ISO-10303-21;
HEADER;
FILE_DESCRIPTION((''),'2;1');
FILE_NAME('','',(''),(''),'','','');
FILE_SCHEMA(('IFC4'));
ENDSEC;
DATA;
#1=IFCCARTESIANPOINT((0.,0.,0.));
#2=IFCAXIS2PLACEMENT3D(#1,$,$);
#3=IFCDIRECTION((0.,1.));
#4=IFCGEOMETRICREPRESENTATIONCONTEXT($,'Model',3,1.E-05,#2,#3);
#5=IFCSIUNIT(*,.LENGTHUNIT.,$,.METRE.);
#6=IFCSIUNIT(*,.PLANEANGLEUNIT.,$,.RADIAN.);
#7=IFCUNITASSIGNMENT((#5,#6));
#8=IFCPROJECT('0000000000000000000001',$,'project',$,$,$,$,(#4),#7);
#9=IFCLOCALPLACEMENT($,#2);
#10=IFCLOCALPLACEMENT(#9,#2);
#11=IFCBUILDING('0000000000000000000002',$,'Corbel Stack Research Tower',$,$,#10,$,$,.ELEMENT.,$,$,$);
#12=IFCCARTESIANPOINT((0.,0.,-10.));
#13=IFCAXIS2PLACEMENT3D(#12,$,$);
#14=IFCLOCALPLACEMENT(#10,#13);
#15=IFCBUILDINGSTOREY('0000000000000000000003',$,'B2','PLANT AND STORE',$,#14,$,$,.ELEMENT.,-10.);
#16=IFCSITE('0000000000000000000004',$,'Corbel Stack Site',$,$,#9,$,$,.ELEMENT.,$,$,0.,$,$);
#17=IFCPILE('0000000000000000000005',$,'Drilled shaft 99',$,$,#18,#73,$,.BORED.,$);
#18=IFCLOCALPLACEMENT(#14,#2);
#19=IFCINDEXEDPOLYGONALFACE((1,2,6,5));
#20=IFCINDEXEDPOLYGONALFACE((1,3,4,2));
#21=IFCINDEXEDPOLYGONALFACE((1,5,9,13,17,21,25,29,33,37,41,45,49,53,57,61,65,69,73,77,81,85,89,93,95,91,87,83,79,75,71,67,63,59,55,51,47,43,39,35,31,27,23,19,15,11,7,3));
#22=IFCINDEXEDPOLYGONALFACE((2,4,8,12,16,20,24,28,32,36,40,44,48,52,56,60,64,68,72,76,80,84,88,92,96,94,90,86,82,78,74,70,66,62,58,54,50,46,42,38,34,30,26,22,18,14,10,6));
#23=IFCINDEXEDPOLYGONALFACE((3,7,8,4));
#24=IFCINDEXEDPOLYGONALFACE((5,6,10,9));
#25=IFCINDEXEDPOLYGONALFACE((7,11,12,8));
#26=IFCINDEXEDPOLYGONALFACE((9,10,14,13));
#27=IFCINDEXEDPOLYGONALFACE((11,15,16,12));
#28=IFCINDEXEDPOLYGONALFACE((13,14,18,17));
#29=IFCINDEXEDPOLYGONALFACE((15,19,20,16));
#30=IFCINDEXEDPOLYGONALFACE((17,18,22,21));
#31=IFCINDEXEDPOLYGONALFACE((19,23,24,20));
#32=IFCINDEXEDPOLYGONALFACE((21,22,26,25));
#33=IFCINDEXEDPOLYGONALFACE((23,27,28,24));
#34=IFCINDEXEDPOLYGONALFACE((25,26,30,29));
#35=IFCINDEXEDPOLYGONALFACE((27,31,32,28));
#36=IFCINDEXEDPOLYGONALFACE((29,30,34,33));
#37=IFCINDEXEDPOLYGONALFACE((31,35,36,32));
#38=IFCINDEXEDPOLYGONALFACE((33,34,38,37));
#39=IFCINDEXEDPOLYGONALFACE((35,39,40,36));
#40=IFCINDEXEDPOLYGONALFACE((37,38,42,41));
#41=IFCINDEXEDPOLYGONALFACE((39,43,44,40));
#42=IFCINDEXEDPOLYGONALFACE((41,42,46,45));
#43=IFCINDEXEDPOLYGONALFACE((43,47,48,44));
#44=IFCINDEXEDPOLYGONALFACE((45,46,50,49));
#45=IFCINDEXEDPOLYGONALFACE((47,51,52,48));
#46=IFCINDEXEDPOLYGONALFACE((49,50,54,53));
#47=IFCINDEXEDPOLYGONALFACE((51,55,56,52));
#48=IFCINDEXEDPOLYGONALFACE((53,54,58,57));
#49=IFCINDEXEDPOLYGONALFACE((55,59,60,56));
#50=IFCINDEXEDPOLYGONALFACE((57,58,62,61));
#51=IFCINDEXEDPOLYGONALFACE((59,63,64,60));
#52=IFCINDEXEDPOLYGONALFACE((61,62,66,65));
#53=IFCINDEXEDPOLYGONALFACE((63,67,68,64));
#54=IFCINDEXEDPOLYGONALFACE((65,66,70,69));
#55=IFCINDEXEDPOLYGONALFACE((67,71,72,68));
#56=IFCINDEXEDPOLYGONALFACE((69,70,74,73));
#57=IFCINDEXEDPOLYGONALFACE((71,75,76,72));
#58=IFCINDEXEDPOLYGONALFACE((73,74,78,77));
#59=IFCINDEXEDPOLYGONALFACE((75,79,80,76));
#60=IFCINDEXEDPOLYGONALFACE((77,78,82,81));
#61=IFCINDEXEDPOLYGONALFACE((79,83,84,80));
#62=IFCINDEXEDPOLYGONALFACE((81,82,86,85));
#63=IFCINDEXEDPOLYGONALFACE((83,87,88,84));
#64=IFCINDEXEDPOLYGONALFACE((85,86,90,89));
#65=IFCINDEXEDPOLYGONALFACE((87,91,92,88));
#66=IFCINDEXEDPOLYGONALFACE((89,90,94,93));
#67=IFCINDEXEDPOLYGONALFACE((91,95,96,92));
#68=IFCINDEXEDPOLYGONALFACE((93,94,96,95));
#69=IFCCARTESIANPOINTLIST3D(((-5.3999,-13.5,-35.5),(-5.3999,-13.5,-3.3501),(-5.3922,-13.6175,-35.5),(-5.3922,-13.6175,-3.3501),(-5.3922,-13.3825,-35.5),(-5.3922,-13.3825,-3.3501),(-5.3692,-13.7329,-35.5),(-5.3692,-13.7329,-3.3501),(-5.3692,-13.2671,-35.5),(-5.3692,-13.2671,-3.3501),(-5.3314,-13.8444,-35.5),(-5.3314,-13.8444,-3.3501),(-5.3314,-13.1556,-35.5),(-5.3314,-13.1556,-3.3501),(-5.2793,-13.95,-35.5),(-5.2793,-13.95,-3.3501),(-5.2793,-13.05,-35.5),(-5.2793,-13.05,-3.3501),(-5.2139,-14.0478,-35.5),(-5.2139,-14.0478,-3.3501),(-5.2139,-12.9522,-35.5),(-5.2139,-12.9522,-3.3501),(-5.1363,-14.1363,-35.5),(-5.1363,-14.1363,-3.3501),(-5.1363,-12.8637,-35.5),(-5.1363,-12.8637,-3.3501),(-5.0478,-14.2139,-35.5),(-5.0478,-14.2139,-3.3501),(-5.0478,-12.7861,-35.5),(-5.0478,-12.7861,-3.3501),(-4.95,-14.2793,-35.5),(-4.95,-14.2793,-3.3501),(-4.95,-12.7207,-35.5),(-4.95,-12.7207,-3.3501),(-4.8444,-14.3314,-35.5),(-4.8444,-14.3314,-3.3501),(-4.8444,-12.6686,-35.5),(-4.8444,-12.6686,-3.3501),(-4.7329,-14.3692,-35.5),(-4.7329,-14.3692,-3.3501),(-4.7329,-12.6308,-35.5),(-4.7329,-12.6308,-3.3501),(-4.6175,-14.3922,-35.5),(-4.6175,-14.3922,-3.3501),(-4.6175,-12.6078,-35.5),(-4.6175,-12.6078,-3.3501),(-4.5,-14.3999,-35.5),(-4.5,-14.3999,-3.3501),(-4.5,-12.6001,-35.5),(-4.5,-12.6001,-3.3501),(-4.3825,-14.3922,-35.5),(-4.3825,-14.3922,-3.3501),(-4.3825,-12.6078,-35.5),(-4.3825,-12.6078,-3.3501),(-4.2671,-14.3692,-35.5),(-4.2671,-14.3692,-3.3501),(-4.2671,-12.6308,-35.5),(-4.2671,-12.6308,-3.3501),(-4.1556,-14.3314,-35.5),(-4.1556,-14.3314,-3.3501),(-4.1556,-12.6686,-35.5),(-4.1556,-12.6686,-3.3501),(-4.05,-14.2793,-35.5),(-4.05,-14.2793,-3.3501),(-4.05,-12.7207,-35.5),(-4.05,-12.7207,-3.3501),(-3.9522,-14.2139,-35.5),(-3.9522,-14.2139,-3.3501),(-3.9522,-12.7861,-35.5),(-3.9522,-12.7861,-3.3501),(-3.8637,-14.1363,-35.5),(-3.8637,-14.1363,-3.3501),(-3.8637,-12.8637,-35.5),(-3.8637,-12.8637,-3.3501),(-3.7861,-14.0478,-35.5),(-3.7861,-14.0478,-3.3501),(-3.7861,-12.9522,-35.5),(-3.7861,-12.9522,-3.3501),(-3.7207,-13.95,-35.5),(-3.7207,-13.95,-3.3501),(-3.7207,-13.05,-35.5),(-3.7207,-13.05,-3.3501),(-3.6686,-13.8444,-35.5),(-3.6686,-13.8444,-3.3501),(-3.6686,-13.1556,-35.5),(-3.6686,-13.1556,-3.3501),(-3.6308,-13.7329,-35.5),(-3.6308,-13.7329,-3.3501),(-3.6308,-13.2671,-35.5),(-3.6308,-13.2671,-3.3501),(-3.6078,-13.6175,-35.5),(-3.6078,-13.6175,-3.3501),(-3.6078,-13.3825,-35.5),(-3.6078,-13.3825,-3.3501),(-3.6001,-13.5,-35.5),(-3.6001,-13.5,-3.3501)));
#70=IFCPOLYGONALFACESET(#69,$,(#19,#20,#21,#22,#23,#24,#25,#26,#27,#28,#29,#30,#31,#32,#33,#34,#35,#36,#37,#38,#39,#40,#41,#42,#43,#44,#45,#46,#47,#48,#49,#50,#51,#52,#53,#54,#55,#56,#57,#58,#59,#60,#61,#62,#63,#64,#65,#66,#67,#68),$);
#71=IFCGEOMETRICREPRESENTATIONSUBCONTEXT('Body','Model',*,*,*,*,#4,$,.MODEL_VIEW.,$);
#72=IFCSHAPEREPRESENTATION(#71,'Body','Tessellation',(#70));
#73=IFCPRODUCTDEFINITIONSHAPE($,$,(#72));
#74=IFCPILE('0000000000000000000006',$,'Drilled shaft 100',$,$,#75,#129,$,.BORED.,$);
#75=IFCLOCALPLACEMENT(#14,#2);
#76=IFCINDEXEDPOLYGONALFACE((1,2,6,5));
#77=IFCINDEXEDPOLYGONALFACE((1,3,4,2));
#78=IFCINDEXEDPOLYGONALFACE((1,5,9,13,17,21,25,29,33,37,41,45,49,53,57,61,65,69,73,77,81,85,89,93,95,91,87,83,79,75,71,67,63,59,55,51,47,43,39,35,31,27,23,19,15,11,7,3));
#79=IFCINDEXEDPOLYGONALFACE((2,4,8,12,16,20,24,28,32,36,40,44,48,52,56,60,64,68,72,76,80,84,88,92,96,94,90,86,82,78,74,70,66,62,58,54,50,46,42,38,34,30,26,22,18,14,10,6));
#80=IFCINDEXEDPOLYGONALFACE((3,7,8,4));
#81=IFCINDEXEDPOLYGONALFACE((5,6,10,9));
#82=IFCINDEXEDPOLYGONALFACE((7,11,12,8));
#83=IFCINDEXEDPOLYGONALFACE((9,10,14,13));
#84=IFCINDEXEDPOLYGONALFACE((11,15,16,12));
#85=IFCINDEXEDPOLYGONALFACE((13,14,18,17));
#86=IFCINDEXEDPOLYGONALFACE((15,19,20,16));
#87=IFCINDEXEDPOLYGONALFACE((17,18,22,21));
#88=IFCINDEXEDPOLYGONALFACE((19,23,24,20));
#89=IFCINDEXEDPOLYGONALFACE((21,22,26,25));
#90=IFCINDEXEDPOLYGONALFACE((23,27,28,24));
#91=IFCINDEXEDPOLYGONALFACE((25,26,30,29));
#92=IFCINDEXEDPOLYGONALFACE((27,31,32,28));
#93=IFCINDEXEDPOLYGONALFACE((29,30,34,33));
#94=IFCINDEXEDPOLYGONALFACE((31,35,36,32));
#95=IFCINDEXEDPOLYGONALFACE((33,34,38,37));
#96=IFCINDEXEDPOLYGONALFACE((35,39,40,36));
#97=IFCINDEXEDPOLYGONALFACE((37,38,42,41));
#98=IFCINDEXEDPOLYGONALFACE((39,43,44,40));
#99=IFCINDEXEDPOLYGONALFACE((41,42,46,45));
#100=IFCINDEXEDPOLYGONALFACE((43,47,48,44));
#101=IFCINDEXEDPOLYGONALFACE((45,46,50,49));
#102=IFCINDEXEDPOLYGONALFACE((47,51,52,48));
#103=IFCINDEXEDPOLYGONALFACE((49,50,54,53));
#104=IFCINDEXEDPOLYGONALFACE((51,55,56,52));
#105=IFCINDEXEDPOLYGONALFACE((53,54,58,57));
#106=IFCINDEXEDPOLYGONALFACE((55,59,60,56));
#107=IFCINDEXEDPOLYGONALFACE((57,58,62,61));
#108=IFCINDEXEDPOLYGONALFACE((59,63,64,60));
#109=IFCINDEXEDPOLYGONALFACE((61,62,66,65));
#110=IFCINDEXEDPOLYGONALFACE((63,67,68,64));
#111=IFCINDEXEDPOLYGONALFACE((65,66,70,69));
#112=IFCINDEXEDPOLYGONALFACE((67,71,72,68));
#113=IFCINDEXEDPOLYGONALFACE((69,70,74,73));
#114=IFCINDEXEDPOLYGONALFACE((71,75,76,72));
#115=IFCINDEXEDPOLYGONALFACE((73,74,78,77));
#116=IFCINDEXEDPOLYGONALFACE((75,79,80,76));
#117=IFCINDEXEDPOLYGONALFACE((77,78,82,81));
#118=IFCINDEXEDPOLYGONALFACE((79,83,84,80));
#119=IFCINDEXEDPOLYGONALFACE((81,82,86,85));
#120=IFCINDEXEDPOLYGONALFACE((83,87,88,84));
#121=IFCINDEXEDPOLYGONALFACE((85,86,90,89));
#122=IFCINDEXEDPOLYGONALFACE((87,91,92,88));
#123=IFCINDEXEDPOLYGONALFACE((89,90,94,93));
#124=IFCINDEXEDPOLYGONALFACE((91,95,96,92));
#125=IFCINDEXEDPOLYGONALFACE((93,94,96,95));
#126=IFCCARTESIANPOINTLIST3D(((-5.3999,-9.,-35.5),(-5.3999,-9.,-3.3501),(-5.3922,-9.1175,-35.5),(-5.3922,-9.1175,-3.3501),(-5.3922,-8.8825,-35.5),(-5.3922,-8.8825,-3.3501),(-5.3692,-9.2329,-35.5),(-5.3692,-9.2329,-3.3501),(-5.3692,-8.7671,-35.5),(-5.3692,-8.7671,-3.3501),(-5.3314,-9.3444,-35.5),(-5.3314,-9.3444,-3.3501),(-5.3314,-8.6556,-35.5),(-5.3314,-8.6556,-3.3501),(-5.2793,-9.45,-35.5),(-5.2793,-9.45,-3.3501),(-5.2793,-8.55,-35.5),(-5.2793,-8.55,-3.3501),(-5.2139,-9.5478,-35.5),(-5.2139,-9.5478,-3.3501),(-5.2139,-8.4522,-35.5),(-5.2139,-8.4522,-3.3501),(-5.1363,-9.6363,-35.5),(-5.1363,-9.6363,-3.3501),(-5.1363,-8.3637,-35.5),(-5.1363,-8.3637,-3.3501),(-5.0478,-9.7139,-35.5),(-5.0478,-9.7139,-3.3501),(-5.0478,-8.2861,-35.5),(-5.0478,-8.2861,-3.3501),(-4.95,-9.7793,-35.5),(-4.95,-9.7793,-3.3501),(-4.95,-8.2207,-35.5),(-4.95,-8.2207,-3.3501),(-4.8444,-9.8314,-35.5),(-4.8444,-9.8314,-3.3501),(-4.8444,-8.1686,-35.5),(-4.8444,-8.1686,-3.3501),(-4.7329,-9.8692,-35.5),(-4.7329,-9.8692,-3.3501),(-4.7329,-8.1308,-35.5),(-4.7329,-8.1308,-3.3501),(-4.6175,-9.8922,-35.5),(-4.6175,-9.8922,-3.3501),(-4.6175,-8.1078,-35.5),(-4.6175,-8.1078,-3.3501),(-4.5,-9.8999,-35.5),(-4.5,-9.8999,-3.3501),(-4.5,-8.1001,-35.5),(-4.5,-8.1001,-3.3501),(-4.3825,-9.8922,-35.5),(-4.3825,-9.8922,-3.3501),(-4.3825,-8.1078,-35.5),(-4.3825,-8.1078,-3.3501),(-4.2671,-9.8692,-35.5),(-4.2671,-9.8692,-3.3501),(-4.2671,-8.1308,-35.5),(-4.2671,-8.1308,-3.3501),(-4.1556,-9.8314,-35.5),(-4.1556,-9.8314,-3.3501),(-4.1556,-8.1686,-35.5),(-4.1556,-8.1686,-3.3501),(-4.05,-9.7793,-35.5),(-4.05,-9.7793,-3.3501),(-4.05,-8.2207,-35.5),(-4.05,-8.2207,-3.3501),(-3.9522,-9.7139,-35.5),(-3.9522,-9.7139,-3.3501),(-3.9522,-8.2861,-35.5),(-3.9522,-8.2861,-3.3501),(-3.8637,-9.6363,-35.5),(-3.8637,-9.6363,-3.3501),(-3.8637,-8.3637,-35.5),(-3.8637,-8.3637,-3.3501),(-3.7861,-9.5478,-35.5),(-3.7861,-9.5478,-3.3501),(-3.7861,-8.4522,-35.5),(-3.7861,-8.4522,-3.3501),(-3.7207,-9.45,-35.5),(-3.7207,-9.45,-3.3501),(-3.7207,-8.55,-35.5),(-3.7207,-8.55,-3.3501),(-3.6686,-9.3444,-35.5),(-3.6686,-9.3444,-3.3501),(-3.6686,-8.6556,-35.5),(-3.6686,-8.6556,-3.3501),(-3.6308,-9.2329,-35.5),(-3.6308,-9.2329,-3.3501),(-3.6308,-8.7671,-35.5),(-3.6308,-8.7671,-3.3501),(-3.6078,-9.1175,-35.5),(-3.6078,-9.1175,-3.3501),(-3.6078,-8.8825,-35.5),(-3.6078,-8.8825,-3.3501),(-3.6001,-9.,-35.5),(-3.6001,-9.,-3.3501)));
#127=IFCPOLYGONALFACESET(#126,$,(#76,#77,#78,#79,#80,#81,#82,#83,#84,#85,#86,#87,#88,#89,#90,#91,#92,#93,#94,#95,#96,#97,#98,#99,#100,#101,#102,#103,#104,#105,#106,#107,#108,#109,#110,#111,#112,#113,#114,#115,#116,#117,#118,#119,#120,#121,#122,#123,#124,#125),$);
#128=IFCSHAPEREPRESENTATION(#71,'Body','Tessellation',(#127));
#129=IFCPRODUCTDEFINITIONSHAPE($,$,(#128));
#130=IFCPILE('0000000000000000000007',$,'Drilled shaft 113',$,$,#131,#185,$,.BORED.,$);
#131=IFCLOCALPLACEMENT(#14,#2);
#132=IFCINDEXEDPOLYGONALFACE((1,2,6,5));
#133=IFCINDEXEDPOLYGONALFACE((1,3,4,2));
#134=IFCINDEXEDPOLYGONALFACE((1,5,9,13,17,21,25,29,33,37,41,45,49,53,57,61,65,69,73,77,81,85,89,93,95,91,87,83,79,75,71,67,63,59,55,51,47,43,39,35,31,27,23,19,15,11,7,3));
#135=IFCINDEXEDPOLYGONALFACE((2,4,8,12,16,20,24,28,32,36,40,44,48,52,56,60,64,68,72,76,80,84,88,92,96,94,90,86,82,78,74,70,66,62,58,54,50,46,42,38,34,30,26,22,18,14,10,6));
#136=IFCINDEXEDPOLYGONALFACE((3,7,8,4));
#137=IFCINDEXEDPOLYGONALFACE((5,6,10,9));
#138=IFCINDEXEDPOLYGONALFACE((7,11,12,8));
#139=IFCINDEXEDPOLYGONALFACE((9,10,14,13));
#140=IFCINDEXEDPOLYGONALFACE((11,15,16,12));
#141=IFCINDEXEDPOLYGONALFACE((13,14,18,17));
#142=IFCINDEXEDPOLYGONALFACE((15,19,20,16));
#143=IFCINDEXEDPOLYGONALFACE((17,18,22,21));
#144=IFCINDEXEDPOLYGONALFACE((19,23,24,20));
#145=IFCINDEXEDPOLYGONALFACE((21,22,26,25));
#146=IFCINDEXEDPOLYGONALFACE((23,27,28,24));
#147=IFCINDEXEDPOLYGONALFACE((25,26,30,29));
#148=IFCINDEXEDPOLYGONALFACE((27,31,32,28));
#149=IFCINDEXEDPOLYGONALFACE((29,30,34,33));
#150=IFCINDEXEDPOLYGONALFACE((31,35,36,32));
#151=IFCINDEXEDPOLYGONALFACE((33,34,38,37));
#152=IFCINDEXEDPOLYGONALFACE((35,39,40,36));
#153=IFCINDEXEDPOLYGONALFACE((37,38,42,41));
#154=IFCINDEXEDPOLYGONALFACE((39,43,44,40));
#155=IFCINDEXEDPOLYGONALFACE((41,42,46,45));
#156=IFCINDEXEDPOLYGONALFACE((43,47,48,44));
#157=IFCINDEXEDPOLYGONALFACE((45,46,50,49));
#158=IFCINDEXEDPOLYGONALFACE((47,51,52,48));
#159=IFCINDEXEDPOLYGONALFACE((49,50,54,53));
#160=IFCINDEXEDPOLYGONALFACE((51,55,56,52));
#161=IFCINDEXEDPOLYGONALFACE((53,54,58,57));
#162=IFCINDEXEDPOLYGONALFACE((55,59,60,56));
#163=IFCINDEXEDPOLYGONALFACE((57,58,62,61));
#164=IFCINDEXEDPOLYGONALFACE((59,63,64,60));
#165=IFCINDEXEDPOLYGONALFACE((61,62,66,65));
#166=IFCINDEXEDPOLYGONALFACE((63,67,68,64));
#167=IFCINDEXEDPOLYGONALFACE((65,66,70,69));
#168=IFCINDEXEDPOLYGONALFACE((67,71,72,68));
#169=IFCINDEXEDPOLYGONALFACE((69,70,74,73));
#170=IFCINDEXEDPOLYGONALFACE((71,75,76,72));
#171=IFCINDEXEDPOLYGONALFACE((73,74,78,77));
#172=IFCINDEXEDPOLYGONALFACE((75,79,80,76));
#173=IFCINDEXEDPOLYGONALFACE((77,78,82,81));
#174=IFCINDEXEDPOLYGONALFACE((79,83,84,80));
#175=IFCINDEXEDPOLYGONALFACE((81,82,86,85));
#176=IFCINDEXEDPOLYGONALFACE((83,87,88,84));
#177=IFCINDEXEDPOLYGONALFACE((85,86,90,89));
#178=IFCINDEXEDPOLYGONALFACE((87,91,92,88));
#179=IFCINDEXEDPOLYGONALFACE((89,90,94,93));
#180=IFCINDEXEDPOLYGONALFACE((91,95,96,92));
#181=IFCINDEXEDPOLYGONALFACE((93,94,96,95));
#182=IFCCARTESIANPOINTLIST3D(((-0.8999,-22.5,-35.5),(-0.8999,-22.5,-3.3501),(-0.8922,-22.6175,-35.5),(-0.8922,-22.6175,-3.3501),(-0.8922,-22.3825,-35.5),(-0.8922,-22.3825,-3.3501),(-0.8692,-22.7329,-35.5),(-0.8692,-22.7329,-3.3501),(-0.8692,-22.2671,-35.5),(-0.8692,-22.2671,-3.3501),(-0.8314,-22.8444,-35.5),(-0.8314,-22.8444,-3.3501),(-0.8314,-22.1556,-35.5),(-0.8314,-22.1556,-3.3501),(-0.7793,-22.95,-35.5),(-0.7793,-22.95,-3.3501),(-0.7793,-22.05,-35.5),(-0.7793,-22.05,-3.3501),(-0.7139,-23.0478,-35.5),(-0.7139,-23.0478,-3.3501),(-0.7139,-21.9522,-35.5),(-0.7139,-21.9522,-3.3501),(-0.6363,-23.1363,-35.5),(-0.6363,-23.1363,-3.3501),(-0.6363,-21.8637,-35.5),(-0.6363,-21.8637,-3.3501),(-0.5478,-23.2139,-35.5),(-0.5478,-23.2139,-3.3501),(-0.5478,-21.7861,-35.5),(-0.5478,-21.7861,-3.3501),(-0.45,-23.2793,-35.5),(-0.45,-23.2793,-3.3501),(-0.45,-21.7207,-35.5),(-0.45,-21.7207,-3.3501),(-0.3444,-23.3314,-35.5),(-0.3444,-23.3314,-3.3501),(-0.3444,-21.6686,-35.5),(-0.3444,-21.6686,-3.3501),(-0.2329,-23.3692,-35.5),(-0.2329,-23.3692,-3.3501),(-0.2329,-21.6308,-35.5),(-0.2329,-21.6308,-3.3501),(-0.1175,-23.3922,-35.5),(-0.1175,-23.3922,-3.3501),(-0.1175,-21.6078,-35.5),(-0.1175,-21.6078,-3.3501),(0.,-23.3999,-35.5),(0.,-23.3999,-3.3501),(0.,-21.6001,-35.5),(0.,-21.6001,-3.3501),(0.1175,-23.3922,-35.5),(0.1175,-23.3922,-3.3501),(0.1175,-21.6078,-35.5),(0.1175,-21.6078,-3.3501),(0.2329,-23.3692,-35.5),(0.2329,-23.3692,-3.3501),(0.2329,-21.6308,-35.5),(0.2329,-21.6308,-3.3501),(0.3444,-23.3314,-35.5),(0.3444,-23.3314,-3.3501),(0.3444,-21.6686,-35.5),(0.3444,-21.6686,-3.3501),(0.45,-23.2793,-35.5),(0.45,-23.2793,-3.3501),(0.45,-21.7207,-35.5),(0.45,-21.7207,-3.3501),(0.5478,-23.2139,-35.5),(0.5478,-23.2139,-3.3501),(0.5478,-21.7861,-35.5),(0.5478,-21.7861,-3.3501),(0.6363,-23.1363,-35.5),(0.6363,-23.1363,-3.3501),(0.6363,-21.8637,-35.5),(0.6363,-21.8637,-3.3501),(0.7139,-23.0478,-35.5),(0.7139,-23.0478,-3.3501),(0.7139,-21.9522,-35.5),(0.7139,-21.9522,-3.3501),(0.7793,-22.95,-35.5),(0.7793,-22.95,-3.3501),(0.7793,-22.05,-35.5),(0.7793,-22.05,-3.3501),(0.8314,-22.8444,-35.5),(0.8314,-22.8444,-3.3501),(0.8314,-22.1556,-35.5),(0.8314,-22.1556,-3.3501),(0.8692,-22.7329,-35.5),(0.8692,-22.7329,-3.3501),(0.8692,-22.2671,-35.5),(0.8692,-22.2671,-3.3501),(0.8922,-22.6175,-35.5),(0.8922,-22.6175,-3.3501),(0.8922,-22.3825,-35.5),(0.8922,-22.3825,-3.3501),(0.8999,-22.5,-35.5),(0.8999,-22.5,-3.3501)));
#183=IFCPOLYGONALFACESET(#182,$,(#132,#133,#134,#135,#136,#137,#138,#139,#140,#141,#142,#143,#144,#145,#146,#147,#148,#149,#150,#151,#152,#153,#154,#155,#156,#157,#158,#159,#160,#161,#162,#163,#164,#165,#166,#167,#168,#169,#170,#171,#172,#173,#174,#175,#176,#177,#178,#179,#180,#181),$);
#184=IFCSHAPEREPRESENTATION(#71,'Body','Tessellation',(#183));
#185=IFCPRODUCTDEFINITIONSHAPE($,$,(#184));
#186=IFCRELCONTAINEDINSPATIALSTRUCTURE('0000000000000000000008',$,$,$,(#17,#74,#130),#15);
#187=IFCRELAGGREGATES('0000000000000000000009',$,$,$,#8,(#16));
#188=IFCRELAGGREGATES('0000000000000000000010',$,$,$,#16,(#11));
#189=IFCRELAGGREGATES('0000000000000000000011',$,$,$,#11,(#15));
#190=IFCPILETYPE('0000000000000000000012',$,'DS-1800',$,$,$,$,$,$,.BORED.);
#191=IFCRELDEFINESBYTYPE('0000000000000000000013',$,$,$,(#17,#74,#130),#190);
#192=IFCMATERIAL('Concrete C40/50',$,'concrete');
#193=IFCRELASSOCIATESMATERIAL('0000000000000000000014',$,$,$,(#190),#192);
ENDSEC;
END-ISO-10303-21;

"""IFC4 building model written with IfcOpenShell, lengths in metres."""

from ifc_helpers import new_model, si_unit, direction, frame, origin, origin_2d, place, context, subcontext, project, spatial, circle, extrude, material, material_profile, profile_set, type_object, element, save


model = new_model("IFC4")

# Units and contexts
model_context = context("Model", 3, precision=1e-05, world=origin(), true_north=direction((0.0, 1.0)))
body_context = subcontext(model_context, "Body", "Model", "MODEL_VIEW")
ifc_project = project(units=[si_unit("LENGTHUNIT", "METRE"), si_unit("PLANEANGLEUNIT", "RADIAN")], contexts=[model_context])

# Site, building, storey
site_placement = place(None, origin())
site = spatial("IfcSite", under=ifc_project, at=site_placement, Name="Corbel Stack Site", CompositionType="ELEMENT", RefElevation=0.0)
building_placement = place(site_placement, origin())
building = spatial("IfcBuilding", under=site, at=building_placement, Name="Corbel Stack Research Tower", CompositionType="ELEMENT")
storey_placement = place(building_placement, frame((0.0, 0.0, -10.0)))
storey = spatial("IfcBuildingStorey", under=building, at=storey_placement, Name="B2", Description="PLANT AND STORE", CompositionType="ELEMENT", Elevation=-10.0)

# Piles
ifc_material_1 = material(Name="Concrete C40/50", Category="concrete")
ifc_material_profile_1 = material_profile(ifc_material_1, circle(Radius=0.8999, at=origin_2d()), Name="Shaft 1800")
ifc_profile_set_1 = profile_set([ifc_material_profile_1], Name="Concrete C40/50")
pile_type = type_object("IfcPileType", Name="DS-1800", PredefinedType="BORED", material=ifc_profile_set_1)
for number, where, z_axis, x_axis, name in (
    (1, (-4.5, -13.5, -3.3501), (0.0, 0.0, -1.0), (1.0, 0.0, 0.0), "Drilled shaft 99"),
    (2, (-4.5, -9.0, -3.3501), (0.0, 0.0, -1.0), (1.0, 0.0, 0.0), "Drilled shaft 100"),
    (3, (0.0, -22.5, -3.3501), (0.0, 0.0, -1.0), (1.0, 0.0, 0.0), "Drilled shaft 113"),
):
    element("IfcPile", number, at=place(storey_placement, frame(where, z_axis=z_axis, x_axis=x_axis)), inside=storey, type_object=pile_type, Name=name, PredefinedType="BORED", context=body_context, shape_type="SweptSolid", body=[
        extrude(circle(Radius=0.8999, at=origin_2d()), origin(), (0.0, 0.0, 1.0), 32.1499),
    ])

save(model, "model.ifc")
